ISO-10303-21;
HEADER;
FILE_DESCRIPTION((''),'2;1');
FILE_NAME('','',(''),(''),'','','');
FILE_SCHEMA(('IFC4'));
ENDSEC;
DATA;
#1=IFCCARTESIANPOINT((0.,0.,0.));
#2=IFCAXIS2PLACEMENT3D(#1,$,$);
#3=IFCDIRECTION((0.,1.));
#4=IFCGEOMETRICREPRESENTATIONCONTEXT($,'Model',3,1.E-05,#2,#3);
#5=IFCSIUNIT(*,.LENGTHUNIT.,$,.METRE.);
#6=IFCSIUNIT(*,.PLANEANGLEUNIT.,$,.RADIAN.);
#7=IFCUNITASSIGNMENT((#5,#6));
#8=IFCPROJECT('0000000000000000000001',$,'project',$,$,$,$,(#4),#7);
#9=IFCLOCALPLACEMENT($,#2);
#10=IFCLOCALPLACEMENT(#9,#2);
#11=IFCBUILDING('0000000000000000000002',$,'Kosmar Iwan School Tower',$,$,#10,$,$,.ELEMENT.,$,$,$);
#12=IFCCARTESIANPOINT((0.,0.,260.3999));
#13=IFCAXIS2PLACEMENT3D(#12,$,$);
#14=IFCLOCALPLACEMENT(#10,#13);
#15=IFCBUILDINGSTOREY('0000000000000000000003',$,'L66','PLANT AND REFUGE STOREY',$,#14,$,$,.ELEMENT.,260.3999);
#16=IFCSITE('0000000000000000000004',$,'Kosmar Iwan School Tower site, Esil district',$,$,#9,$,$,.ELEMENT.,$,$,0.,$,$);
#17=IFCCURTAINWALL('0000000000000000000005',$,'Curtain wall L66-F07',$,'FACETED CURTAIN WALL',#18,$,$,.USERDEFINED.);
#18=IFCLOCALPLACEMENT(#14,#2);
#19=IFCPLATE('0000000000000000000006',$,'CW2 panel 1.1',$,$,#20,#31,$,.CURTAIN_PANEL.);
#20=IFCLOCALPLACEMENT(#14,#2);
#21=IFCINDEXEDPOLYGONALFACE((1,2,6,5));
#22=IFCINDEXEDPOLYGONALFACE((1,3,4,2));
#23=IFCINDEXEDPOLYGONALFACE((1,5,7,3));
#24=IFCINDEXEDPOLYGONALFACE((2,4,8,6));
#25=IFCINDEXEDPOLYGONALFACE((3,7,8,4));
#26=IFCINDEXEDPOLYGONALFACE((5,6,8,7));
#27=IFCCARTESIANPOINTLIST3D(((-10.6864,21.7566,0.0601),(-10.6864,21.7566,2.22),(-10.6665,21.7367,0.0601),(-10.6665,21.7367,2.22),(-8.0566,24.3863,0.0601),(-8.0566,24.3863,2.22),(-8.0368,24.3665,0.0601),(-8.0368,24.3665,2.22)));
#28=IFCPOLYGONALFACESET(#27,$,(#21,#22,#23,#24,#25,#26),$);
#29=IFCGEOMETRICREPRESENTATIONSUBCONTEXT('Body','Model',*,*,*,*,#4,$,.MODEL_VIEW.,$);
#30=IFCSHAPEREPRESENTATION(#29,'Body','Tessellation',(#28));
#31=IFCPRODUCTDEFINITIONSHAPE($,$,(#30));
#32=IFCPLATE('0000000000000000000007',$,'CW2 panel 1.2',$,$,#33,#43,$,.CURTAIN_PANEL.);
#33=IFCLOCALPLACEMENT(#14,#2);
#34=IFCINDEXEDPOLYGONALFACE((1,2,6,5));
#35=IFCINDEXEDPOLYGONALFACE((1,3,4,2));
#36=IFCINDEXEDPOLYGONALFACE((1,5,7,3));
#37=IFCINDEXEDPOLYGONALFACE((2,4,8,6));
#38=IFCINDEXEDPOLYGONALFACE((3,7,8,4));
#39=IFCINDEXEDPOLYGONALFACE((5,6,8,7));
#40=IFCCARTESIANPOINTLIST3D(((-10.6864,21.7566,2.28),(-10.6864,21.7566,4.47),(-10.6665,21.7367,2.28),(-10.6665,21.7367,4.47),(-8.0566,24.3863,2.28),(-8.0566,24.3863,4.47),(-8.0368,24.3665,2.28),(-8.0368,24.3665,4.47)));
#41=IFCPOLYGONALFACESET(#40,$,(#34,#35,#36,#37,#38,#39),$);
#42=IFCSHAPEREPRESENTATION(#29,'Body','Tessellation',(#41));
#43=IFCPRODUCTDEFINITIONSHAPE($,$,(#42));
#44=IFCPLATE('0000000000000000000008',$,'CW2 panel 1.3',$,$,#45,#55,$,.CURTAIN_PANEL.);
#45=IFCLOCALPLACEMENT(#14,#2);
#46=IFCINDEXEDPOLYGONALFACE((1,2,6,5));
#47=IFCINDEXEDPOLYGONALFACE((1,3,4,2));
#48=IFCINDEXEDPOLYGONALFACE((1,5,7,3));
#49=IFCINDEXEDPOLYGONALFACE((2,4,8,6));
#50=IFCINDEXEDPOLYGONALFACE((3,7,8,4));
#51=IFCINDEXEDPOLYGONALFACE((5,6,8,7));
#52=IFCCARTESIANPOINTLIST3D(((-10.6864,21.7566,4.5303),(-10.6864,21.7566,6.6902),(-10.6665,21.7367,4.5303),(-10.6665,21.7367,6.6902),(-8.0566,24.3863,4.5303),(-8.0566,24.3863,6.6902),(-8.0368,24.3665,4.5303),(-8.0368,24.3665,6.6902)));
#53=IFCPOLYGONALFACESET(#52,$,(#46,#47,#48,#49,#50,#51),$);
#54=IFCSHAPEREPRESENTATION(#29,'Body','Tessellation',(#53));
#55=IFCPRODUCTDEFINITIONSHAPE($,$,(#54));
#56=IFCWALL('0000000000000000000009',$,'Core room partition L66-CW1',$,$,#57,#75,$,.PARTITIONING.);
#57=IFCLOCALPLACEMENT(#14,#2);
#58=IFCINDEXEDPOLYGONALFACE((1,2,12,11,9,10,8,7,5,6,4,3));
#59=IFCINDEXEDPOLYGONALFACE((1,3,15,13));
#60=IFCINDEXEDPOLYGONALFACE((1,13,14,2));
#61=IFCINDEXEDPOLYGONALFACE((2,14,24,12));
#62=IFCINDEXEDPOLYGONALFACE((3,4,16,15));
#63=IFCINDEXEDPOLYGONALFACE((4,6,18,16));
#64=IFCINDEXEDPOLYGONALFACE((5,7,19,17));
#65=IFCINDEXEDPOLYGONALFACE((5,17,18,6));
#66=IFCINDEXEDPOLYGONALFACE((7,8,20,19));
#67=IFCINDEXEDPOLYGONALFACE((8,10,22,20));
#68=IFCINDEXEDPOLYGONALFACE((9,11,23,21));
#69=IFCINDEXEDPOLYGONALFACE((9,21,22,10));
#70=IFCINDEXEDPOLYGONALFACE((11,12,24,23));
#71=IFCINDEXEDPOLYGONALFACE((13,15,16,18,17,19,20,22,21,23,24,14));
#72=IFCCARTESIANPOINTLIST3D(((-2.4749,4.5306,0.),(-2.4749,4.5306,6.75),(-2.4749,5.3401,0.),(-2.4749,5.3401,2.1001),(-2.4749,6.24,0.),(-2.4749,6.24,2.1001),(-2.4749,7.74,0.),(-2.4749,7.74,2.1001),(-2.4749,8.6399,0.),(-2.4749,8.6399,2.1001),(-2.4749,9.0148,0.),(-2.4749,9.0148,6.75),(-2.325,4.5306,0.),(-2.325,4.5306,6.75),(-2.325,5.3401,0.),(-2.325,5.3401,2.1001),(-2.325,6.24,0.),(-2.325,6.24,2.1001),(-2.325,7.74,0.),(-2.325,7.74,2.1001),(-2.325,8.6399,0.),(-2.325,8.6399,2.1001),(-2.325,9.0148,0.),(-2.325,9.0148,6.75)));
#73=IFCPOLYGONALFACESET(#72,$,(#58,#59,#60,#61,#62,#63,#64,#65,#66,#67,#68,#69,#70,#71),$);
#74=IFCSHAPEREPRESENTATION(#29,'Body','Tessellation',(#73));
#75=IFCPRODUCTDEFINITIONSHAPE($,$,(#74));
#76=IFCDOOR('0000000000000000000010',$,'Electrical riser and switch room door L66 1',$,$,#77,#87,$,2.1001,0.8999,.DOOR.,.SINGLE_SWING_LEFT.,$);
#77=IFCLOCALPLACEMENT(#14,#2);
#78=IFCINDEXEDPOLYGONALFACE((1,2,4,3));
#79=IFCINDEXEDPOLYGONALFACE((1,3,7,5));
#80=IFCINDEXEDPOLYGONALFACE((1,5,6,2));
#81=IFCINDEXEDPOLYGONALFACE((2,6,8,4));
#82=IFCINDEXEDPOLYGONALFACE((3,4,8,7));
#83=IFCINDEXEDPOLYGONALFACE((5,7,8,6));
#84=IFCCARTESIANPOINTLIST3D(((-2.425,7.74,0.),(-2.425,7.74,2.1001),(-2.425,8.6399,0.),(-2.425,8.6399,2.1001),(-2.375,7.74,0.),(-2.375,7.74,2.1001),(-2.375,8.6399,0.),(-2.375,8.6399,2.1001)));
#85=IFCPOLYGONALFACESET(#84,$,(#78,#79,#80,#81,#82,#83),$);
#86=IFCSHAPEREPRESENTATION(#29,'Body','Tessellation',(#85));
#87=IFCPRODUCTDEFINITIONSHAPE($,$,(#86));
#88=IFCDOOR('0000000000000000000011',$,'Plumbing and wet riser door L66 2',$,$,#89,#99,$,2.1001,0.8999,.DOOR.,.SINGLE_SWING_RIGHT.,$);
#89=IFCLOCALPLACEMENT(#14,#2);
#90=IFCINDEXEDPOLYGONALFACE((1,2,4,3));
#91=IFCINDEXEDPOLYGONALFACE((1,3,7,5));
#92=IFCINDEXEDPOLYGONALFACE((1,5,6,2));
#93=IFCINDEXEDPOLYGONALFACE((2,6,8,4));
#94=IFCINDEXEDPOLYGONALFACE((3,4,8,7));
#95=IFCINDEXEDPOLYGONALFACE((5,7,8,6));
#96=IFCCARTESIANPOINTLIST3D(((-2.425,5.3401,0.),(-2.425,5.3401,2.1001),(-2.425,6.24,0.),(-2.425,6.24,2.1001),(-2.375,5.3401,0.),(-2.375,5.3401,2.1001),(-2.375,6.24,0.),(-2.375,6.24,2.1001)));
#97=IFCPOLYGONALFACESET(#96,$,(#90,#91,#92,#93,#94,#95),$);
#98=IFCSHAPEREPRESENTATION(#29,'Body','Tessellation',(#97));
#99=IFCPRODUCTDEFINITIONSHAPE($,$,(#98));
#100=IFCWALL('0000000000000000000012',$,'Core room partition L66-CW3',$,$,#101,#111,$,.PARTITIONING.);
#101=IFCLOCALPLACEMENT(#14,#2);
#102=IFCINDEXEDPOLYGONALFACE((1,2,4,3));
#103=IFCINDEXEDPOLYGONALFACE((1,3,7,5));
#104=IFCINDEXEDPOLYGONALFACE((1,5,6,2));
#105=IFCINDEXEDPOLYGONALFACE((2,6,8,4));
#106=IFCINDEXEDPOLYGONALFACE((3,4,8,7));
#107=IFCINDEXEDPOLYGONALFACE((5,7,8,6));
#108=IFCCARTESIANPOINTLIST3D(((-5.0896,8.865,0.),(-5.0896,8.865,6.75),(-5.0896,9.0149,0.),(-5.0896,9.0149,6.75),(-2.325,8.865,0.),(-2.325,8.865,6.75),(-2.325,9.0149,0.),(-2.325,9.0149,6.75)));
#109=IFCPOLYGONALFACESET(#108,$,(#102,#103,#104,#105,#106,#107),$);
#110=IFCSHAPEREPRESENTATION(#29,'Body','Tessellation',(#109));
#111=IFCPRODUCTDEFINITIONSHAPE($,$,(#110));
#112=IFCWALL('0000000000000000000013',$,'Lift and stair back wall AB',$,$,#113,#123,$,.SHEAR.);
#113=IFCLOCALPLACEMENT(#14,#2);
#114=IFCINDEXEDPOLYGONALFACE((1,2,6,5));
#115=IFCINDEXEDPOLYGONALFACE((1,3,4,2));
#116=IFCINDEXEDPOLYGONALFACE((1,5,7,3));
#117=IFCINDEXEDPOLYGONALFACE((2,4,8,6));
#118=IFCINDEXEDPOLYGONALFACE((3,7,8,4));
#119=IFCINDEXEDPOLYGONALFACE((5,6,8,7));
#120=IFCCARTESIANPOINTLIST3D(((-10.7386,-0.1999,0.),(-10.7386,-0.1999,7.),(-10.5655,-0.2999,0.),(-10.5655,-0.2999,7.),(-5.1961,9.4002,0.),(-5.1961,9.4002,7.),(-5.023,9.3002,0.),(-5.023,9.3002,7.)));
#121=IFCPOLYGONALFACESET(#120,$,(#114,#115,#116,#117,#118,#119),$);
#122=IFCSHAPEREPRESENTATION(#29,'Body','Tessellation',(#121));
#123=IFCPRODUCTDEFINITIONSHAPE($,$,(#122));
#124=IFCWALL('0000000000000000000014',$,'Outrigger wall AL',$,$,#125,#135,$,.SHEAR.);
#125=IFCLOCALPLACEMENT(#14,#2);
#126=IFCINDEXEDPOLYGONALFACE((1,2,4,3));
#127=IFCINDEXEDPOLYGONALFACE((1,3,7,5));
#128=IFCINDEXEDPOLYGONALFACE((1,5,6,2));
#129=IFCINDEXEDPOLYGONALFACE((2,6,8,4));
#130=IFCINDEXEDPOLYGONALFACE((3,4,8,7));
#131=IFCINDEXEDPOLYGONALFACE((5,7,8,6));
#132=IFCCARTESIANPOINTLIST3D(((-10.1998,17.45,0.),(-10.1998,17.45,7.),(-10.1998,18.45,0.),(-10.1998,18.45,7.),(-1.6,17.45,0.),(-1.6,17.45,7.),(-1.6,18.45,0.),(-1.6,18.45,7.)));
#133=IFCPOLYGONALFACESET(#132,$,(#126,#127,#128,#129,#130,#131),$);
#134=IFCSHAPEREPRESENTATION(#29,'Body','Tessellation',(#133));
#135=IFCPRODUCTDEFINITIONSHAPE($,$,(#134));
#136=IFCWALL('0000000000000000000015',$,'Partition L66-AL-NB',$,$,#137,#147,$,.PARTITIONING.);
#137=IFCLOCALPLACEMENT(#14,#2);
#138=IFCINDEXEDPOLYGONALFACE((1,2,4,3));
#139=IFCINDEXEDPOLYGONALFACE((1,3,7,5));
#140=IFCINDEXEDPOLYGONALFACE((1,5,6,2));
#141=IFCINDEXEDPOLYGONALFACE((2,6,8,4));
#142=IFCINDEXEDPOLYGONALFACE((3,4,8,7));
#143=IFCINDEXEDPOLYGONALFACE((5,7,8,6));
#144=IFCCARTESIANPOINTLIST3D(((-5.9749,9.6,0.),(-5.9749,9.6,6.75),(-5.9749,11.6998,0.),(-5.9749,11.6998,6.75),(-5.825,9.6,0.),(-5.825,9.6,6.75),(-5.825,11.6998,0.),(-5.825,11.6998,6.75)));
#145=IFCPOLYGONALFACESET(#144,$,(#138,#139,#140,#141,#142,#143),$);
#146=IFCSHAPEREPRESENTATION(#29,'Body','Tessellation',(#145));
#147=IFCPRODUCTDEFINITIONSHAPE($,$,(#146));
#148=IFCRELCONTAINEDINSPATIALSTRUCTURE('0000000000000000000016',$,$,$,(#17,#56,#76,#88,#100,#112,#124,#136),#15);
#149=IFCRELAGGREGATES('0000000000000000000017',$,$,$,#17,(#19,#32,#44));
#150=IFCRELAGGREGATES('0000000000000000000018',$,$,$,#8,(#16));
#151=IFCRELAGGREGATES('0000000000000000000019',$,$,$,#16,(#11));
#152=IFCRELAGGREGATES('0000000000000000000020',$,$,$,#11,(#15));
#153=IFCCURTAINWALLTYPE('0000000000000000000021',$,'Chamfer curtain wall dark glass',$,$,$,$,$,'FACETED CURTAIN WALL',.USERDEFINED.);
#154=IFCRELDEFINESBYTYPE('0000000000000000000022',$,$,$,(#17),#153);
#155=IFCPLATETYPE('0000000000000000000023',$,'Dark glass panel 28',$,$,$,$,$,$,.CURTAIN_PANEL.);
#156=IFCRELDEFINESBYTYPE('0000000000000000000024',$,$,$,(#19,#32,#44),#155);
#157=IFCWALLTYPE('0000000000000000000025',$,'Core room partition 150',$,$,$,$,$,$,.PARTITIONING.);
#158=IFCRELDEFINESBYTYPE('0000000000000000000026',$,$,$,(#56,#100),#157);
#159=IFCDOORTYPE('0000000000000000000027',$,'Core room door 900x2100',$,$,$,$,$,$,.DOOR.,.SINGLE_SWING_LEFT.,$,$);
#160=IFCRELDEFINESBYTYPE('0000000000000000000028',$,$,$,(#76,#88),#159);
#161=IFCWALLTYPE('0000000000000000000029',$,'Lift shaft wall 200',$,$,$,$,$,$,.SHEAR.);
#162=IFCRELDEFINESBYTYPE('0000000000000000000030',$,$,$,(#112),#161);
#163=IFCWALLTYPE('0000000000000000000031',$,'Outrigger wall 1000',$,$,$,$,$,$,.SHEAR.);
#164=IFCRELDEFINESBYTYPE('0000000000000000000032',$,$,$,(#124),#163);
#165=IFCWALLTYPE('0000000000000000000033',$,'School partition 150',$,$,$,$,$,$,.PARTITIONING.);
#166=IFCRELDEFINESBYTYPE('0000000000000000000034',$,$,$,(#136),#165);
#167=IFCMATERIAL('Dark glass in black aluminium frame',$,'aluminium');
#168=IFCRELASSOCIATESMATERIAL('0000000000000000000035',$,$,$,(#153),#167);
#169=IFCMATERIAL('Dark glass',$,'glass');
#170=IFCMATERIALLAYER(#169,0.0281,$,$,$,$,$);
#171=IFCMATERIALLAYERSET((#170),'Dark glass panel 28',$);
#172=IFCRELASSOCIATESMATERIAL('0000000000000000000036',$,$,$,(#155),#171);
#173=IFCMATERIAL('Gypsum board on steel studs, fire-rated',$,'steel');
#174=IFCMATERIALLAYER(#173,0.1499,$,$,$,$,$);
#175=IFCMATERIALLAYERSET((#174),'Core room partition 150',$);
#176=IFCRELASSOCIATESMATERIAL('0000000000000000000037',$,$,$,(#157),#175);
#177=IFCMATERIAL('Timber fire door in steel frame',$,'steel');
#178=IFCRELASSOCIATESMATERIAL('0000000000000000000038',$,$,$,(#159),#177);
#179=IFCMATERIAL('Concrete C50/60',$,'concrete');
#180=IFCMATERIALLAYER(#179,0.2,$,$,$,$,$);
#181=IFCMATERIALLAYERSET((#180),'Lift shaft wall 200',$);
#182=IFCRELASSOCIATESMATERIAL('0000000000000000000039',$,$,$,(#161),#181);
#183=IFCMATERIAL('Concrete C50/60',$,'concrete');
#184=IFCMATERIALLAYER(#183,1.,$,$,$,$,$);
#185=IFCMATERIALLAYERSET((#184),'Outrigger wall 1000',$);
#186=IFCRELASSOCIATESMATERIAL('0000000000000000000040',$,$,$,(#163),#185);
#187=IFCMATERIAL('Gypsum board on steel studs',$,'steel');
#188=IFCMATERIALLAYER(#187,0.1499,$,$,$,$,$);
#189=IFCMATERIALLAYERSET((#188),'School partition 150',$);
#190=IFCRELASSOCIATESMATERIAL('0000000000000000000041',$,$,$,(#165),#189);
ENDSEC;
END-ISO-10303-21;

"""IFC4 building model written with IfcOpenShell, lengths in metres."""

from ifc_helpers import new_model, si_unit, direction, frame, frame_2d, origin, origin_2d, place, context, subcontext, project, spatial, rectangle, extrude, material, layer, layer_set, type_object, element, fill, aggregate, save


model = new_model("IFC4")

# Units and contexts
model_context = context("Model", 3, precision=1e-05, world=origin(), true_north=direction((0.0, 1.0)))
body_context = subcontext(model_context, "Body", "Model", "MODEL_VIEW")
ifc_project = project(units=[si_unit("LENGTHUNIT", "METRE"), si_unit("PLANEANGLEUNIT", "RADIAN")], contexts=[model_context])

# Site, building, storey
site_placement = place(None, origin())
site = spatial("IfcSite", under=ifc_project, at=site_placement, Name="Kosmar Iwan School Tower site, Esil district", CompositionType="ELEMENT", RefElevation=0.0)
building_placement = place(site_placement, origin())
building = spatial("IfcBuilding", under=site, at=building_placement, Name="Kosmar Iwan School Tower", CompositionType="ELEMENT")
storey_placement = place(building_placement, frame((0.0, 0.0, 260.3999)))
storey = spatial("IfcBuildingStorey", under=building, at=storey_placement, Name="L66", Description="PLANT AND REFUGE STOREY", CompositionType="ELEMENT", Elevation=260.3999)

# Curtain wall
ifc_material_1 = material(Name="Dark glass in black aluminium frame", Category="aluminium")
curtain_wall_type = type_object("IfcCurtainWallType", Name="Chamfer curtain wall dark glass", ElementType="FACETED CURTAIN WALL", PredefinedType="USERDEFINED", material=ifc_material_1)
curtain_wall_placement = place(storey_placement, origin())
curtain_wall = element("IfcCurtainWall", 1, at=curtain_wall_placement, inside=storey, type_object=curtain_wall_type, Name="Curtain wall L66-F07", ObjectType="FACETED CURTAIN WALL", PredefinedType="USERDEFINED")

# Plates
ifc_material_2 = material(Name="Dark glass", Category="glass")
ifc_layer_1 = layer(ifc_material_2, 0.0281)
ifc_layer_set_1 = layer_set([ifc_layer_1], Name="Dark glass panel 28")
plate_type = type_object("IfcPlateType", Name="Dark glass panel 28", PredefinedType="CURTAIN_PANEL", material=ifc_layer_set_1)
plate_1_placement = place(storey_placement, frame((-9.3616, 23.0615, 0.0601), z_axis=(0.0, 0.0, 1.0), x_axis=(-0.707107, -0.707107, 0.0)))
plate_1 = element("IfcPlate", 2, at=plate_1_placement, type_object=plate_type, Name="CW2 panel 1.1", PredefinedType="CURTAIN_PANEL", context=body_context, shape_type="SweptSolid", body=[
    extrude(rectangle(XDim=3.719, YDim=0.0281, at=origin_2d()), origin(), (0.0, 0.0, 1.0), 2.1599),
])
plate_2_placement = place(storey_placement, frame((-9.3616, 23.0615, 2.28), z_axis=(0.0, 0.0, 1.0), x_axis=(-0.707107, -0.707107, 0.0)))
plate_2 = element("IfcPlate", 3, at=plate_2_placement, type_object=plate_type, Name="CW2 panel 1.2", PredefinedType="CURTAIN_PANEL", context=body_context, shape_type="SweptSolid", body=[
    extrude(rectangle(XDim=3.719, YDim=0.0281, at=origin_2d()), origin(), (0.0, 0.0, 1.0), 2.1899),
])
plate_3_placement = place(storey_placement, frame((-9.3616, 23.0615, 4.5303), z_axis=(0.0, 0.0, 1.0), x_axis=(-0.707107, -0.707107, 0.0)))
plate_3 = element("IfcPlate", 4, at=plate_3_placement, type_object=plate_type, Name="CW2 panel 1.3", PredefinedType="CURTAIN_PANEL", context=body_context, shape_type="SweptSolid", body=[
    extrude(rectangle(XDim=3.719, YDim=0.0281, at=origin_2d()), origin(), (0.0, 0.0, 1.0), 2.1599),
])
aggregate(curtain_wall, [plate_1, plate_2, plate_3])

# Wall, openings, doors
ifc_material_3 = material(Name="Gypsum board on steel studs, fire-rated", Category="steel")
ifc_layer_2 = layer(ifc_material_3, 0.1499)
ifc_layer_set_2 = layer_set([ifc_layer_2], Name="Core room partition 150")
wall_type_1 = type_object("IfcWallType", Name="Core room partition 150", PredefinedType="PARTITIONING", material=ifc_layer_set_2)
wall_1_placement = place(storey_placement, frame((-2.3999, 9.0149, 0.0), z_axis=(0.0, 0.0, 1.0), x_axis=(0.0, -1.0, 0.0)))
wall_1 = element("IfcWall", 5, at=wall_1_placement, inside=storey, type_object=wall_type_1, Name="Core room partition L66-CW1", PredefinedType="PARTITIONING", context=body_context, shape_type="SweptSolid", body=[
    extrude(rectangle(XDim=4.4841, YDim=0.1499, at=frame_2d((2.2422, 0.0))), origin(), (0.0, 0.0, 1.0), 6.75),
])
opening_1_placement = place(wall_1_placement, frame((0.375, 0.0, 0.0)))
opening_1 = element("IfcOpeningElement", 6, at=opening_1_placement, cuts=wall_1, PredefinedType="OPENING", context=body_context, shape_type="SweptSolid", body=[
    extrude(rectangle(XDim=0.8999, YDim=2.1001, at=frame_2d((0.45, 1.05))), frame((0.0, 0.0869, 0.0), z_axis=(0.0, -1.0, 0.0), x_axis=(1.0, 0.0, 0.0)), (0.0, 0.0, 1.0), 0.1738),
])
opening_2_placement = place(wall_1_placement, frame((2.7749, 0.0, 0.0)))
opening_2 = element("IfcOpeningElement", 7, at=opening_2_placement, cuts=wall_1, PredefinedType="OPENING", context=body_context, shape_type="SweptSolid", body=[
    extrude(rectangle(XDim=0.8999, YDim=2.1001, at=frame_2d((0.45, 1.05))), frame((0.0, 0.0869, 0.0), z_axis=(0.0, -1.0, 0.0), x_axis=(1.0, 0.0, 0.0)), (0.0, 0.0, 1.0), 0.1738),
])
ifc_material_4 = material(Name="Timber fire door in steel frame", Category="steel")
door_type_1 = type_object("IfcDoorType", Name="Core room door 900x2100", OperationType="SINGLE_SWING_LEFT", PredefinedType="DOOR", material=ifc_material_4)
door_1_placement = place(opening_1_placement, origin())
door_1 = element("IfcDoor", 8, at=door_1_placement, inside=storey, type_object=door_type_1, Name="Electrical riser and switch room door L66 1", OperationType="SINGLE_SWING_LEFT", OverallHeight=2.1001, OverallWidth=0.8999, PredefinedType="DOOR", context=body_context, shape_type="SweptSolid", body=[
    extrude(rectangle(XDim=0.8999, YDim=2.1001, at=frame_2d((0.45, 1.05))), frame((0.0, 0.0249, 0.0), z_axis=(0.0, -1.0, 0.0), x_axis=(1.0, 0.0, 0.0)), (0.0, 0.0, 1.0), 0.05),
])
fill(opening_1, door_1)
door_2_placement = place(opening_2_placement, origin())
door_2 = element("IfcDoor", 9, at=door_2_placement, inside=storey, type_object=door_type_1, Name="Plumbing and wet riser door L66 2", OperationType="SINGLE_SWING_RIGHT", OverallHeight=2.1001, OverallWidth=0.8999, PredefinedType="DOOR", context=body_context, shape_type="SweptSolid", body=[
    extrude(rectangle(XDim=0.8999, YDim=2.1001, at=frame_2d((0.45, 1.05))), frame((0.0, 0.0249, 0.0), z_axis=(0.0, -1.0, 0.0), x_axis=(1.0, 0.0, 0.0)), (0.0, 0.0, 1.0), 0.05),
])
fill(opening_2, door_2)

# Wall
wall_2_placement = place(storey_placement, frame((-5.0896, 8.9399, 0.0), z_axis=(0.0, 0.0, 1.0), x_axis=(1.0, 0.0, 0.0)))
element("IfcWall", 10, at=wall_2_placement, inside=storey, type_object=wall_type_1, Name="Core room partition L66-CW3", PredefinedType="PARTITIONING", context=body_context, shape_type="SweptSolid", body=[
    extrude(rectangle(XDim=2.7646, YDim=0.1499, at=frame_2d((1.3823, 0.0))), origin(), (0.0, 0.0, 1.0), 6.75),
])

# Walls
ifc_material_5 = material(Name="Concrete C50/60", Category="concrete")
ifc_layer_3 = layer(ifc_material_5, 0.2)
ifc_layer_set_3 = layer_set([ifc_layer_3], Name="Lift shaft wall 200")
wall_type_2 = type_object("IfcWallType", Name="Lift shaft wall 200", PredefinedType="SHEAR", material=ifc_layer_set_3)
wall_3_placement = place(storey_placement, frame((-5.1096, 9.3501, 0.0), z_axis=(0.0, 0.0, 1.0), x_axis=(-0.499991, -0.866031, 0.0)))
element("IfcWall", 11, at=wall_3_placement, inside=storey, type_object=wall_type_2, Name="Lift and stair back wall AB", PredefinedType="SHEAR", context=body_context, shape_type="SweptSolid", body=[
    extrude(rectangle(XDim=11.0852, YDim=0.2, at=frame_2d((5.5425, 0.0))), origin(), (0.0, 0.0, 1.0), 7.0),
])
ifc_material_6 = material(Name="Concrete C50/60", Category="concrete")
ifc_layer_4 = layer(ifc_material_6, 1.0)
ifc_layer_set_4 = layer_set([ifc_layer_4], Name="Outrigger wall 1000")
wall_type_3 = type_object("IfcWallType", Name="Outrigger wall 1000", PredefinedType="SHEAR", material=ifc_layer_set_4)
wall_4_placement = place(storey_placement, frame((-1.6001, 17.95, 0.0), z_axis=(0.0, 0.0, 1.0), x_axis=(-1.0, 0.0, 0.0)))
element("IfcWall", 12, at=wall_4_placement, inside=storey, type_object=wall_type_3, Name="Outrigger wall AL", PredefinedType="SHEAR", context=body_context, shape_type="SweptSolid", body=[
    extrude(rectangle(XDim=8.5999, YDim=1.0, at=frame_2d((4.2998, 0.0))), origin(), (0.0, 0.0, 1.0), 7.0),
])
ifc_material_7 = material(Name="Gypsum board on steel studs", Category="steel")
ifc_layer_5 = layer(ifc_material_7, 0.1499)
ifc_layer_set_5 = layer_set([ifc_layer_5], Name="School partition 150")
wall_type_4 = type_object("IfcWallType", Name="School partition 150", PredefinedType="PARTITIONING", material=ifc_layer_set_5)
wall_5_placement = place(storey_placement, frame((-5.8999, 9.6001, 0.0), z_axis=(0.0, 0.0, 1.0), x_axis=(0.0, 1.0, 0.0)))
element("IfcWall", 13, at=wall_5_placement, inside=storey, type_object=wall_type_4, Name="Partition L66-AL-NB", PredefinedType="PARTITIONING", context=body_context, shape_type="SweptSolid", body=[
    extrude(rectangle(XDim=2.0999, YDim=0.1499, at=frame_2d((1.0498, 0.0))), origin(), (0.0, 0.0, 1.0), 6.75),
])

save(model, "model.ifc")
